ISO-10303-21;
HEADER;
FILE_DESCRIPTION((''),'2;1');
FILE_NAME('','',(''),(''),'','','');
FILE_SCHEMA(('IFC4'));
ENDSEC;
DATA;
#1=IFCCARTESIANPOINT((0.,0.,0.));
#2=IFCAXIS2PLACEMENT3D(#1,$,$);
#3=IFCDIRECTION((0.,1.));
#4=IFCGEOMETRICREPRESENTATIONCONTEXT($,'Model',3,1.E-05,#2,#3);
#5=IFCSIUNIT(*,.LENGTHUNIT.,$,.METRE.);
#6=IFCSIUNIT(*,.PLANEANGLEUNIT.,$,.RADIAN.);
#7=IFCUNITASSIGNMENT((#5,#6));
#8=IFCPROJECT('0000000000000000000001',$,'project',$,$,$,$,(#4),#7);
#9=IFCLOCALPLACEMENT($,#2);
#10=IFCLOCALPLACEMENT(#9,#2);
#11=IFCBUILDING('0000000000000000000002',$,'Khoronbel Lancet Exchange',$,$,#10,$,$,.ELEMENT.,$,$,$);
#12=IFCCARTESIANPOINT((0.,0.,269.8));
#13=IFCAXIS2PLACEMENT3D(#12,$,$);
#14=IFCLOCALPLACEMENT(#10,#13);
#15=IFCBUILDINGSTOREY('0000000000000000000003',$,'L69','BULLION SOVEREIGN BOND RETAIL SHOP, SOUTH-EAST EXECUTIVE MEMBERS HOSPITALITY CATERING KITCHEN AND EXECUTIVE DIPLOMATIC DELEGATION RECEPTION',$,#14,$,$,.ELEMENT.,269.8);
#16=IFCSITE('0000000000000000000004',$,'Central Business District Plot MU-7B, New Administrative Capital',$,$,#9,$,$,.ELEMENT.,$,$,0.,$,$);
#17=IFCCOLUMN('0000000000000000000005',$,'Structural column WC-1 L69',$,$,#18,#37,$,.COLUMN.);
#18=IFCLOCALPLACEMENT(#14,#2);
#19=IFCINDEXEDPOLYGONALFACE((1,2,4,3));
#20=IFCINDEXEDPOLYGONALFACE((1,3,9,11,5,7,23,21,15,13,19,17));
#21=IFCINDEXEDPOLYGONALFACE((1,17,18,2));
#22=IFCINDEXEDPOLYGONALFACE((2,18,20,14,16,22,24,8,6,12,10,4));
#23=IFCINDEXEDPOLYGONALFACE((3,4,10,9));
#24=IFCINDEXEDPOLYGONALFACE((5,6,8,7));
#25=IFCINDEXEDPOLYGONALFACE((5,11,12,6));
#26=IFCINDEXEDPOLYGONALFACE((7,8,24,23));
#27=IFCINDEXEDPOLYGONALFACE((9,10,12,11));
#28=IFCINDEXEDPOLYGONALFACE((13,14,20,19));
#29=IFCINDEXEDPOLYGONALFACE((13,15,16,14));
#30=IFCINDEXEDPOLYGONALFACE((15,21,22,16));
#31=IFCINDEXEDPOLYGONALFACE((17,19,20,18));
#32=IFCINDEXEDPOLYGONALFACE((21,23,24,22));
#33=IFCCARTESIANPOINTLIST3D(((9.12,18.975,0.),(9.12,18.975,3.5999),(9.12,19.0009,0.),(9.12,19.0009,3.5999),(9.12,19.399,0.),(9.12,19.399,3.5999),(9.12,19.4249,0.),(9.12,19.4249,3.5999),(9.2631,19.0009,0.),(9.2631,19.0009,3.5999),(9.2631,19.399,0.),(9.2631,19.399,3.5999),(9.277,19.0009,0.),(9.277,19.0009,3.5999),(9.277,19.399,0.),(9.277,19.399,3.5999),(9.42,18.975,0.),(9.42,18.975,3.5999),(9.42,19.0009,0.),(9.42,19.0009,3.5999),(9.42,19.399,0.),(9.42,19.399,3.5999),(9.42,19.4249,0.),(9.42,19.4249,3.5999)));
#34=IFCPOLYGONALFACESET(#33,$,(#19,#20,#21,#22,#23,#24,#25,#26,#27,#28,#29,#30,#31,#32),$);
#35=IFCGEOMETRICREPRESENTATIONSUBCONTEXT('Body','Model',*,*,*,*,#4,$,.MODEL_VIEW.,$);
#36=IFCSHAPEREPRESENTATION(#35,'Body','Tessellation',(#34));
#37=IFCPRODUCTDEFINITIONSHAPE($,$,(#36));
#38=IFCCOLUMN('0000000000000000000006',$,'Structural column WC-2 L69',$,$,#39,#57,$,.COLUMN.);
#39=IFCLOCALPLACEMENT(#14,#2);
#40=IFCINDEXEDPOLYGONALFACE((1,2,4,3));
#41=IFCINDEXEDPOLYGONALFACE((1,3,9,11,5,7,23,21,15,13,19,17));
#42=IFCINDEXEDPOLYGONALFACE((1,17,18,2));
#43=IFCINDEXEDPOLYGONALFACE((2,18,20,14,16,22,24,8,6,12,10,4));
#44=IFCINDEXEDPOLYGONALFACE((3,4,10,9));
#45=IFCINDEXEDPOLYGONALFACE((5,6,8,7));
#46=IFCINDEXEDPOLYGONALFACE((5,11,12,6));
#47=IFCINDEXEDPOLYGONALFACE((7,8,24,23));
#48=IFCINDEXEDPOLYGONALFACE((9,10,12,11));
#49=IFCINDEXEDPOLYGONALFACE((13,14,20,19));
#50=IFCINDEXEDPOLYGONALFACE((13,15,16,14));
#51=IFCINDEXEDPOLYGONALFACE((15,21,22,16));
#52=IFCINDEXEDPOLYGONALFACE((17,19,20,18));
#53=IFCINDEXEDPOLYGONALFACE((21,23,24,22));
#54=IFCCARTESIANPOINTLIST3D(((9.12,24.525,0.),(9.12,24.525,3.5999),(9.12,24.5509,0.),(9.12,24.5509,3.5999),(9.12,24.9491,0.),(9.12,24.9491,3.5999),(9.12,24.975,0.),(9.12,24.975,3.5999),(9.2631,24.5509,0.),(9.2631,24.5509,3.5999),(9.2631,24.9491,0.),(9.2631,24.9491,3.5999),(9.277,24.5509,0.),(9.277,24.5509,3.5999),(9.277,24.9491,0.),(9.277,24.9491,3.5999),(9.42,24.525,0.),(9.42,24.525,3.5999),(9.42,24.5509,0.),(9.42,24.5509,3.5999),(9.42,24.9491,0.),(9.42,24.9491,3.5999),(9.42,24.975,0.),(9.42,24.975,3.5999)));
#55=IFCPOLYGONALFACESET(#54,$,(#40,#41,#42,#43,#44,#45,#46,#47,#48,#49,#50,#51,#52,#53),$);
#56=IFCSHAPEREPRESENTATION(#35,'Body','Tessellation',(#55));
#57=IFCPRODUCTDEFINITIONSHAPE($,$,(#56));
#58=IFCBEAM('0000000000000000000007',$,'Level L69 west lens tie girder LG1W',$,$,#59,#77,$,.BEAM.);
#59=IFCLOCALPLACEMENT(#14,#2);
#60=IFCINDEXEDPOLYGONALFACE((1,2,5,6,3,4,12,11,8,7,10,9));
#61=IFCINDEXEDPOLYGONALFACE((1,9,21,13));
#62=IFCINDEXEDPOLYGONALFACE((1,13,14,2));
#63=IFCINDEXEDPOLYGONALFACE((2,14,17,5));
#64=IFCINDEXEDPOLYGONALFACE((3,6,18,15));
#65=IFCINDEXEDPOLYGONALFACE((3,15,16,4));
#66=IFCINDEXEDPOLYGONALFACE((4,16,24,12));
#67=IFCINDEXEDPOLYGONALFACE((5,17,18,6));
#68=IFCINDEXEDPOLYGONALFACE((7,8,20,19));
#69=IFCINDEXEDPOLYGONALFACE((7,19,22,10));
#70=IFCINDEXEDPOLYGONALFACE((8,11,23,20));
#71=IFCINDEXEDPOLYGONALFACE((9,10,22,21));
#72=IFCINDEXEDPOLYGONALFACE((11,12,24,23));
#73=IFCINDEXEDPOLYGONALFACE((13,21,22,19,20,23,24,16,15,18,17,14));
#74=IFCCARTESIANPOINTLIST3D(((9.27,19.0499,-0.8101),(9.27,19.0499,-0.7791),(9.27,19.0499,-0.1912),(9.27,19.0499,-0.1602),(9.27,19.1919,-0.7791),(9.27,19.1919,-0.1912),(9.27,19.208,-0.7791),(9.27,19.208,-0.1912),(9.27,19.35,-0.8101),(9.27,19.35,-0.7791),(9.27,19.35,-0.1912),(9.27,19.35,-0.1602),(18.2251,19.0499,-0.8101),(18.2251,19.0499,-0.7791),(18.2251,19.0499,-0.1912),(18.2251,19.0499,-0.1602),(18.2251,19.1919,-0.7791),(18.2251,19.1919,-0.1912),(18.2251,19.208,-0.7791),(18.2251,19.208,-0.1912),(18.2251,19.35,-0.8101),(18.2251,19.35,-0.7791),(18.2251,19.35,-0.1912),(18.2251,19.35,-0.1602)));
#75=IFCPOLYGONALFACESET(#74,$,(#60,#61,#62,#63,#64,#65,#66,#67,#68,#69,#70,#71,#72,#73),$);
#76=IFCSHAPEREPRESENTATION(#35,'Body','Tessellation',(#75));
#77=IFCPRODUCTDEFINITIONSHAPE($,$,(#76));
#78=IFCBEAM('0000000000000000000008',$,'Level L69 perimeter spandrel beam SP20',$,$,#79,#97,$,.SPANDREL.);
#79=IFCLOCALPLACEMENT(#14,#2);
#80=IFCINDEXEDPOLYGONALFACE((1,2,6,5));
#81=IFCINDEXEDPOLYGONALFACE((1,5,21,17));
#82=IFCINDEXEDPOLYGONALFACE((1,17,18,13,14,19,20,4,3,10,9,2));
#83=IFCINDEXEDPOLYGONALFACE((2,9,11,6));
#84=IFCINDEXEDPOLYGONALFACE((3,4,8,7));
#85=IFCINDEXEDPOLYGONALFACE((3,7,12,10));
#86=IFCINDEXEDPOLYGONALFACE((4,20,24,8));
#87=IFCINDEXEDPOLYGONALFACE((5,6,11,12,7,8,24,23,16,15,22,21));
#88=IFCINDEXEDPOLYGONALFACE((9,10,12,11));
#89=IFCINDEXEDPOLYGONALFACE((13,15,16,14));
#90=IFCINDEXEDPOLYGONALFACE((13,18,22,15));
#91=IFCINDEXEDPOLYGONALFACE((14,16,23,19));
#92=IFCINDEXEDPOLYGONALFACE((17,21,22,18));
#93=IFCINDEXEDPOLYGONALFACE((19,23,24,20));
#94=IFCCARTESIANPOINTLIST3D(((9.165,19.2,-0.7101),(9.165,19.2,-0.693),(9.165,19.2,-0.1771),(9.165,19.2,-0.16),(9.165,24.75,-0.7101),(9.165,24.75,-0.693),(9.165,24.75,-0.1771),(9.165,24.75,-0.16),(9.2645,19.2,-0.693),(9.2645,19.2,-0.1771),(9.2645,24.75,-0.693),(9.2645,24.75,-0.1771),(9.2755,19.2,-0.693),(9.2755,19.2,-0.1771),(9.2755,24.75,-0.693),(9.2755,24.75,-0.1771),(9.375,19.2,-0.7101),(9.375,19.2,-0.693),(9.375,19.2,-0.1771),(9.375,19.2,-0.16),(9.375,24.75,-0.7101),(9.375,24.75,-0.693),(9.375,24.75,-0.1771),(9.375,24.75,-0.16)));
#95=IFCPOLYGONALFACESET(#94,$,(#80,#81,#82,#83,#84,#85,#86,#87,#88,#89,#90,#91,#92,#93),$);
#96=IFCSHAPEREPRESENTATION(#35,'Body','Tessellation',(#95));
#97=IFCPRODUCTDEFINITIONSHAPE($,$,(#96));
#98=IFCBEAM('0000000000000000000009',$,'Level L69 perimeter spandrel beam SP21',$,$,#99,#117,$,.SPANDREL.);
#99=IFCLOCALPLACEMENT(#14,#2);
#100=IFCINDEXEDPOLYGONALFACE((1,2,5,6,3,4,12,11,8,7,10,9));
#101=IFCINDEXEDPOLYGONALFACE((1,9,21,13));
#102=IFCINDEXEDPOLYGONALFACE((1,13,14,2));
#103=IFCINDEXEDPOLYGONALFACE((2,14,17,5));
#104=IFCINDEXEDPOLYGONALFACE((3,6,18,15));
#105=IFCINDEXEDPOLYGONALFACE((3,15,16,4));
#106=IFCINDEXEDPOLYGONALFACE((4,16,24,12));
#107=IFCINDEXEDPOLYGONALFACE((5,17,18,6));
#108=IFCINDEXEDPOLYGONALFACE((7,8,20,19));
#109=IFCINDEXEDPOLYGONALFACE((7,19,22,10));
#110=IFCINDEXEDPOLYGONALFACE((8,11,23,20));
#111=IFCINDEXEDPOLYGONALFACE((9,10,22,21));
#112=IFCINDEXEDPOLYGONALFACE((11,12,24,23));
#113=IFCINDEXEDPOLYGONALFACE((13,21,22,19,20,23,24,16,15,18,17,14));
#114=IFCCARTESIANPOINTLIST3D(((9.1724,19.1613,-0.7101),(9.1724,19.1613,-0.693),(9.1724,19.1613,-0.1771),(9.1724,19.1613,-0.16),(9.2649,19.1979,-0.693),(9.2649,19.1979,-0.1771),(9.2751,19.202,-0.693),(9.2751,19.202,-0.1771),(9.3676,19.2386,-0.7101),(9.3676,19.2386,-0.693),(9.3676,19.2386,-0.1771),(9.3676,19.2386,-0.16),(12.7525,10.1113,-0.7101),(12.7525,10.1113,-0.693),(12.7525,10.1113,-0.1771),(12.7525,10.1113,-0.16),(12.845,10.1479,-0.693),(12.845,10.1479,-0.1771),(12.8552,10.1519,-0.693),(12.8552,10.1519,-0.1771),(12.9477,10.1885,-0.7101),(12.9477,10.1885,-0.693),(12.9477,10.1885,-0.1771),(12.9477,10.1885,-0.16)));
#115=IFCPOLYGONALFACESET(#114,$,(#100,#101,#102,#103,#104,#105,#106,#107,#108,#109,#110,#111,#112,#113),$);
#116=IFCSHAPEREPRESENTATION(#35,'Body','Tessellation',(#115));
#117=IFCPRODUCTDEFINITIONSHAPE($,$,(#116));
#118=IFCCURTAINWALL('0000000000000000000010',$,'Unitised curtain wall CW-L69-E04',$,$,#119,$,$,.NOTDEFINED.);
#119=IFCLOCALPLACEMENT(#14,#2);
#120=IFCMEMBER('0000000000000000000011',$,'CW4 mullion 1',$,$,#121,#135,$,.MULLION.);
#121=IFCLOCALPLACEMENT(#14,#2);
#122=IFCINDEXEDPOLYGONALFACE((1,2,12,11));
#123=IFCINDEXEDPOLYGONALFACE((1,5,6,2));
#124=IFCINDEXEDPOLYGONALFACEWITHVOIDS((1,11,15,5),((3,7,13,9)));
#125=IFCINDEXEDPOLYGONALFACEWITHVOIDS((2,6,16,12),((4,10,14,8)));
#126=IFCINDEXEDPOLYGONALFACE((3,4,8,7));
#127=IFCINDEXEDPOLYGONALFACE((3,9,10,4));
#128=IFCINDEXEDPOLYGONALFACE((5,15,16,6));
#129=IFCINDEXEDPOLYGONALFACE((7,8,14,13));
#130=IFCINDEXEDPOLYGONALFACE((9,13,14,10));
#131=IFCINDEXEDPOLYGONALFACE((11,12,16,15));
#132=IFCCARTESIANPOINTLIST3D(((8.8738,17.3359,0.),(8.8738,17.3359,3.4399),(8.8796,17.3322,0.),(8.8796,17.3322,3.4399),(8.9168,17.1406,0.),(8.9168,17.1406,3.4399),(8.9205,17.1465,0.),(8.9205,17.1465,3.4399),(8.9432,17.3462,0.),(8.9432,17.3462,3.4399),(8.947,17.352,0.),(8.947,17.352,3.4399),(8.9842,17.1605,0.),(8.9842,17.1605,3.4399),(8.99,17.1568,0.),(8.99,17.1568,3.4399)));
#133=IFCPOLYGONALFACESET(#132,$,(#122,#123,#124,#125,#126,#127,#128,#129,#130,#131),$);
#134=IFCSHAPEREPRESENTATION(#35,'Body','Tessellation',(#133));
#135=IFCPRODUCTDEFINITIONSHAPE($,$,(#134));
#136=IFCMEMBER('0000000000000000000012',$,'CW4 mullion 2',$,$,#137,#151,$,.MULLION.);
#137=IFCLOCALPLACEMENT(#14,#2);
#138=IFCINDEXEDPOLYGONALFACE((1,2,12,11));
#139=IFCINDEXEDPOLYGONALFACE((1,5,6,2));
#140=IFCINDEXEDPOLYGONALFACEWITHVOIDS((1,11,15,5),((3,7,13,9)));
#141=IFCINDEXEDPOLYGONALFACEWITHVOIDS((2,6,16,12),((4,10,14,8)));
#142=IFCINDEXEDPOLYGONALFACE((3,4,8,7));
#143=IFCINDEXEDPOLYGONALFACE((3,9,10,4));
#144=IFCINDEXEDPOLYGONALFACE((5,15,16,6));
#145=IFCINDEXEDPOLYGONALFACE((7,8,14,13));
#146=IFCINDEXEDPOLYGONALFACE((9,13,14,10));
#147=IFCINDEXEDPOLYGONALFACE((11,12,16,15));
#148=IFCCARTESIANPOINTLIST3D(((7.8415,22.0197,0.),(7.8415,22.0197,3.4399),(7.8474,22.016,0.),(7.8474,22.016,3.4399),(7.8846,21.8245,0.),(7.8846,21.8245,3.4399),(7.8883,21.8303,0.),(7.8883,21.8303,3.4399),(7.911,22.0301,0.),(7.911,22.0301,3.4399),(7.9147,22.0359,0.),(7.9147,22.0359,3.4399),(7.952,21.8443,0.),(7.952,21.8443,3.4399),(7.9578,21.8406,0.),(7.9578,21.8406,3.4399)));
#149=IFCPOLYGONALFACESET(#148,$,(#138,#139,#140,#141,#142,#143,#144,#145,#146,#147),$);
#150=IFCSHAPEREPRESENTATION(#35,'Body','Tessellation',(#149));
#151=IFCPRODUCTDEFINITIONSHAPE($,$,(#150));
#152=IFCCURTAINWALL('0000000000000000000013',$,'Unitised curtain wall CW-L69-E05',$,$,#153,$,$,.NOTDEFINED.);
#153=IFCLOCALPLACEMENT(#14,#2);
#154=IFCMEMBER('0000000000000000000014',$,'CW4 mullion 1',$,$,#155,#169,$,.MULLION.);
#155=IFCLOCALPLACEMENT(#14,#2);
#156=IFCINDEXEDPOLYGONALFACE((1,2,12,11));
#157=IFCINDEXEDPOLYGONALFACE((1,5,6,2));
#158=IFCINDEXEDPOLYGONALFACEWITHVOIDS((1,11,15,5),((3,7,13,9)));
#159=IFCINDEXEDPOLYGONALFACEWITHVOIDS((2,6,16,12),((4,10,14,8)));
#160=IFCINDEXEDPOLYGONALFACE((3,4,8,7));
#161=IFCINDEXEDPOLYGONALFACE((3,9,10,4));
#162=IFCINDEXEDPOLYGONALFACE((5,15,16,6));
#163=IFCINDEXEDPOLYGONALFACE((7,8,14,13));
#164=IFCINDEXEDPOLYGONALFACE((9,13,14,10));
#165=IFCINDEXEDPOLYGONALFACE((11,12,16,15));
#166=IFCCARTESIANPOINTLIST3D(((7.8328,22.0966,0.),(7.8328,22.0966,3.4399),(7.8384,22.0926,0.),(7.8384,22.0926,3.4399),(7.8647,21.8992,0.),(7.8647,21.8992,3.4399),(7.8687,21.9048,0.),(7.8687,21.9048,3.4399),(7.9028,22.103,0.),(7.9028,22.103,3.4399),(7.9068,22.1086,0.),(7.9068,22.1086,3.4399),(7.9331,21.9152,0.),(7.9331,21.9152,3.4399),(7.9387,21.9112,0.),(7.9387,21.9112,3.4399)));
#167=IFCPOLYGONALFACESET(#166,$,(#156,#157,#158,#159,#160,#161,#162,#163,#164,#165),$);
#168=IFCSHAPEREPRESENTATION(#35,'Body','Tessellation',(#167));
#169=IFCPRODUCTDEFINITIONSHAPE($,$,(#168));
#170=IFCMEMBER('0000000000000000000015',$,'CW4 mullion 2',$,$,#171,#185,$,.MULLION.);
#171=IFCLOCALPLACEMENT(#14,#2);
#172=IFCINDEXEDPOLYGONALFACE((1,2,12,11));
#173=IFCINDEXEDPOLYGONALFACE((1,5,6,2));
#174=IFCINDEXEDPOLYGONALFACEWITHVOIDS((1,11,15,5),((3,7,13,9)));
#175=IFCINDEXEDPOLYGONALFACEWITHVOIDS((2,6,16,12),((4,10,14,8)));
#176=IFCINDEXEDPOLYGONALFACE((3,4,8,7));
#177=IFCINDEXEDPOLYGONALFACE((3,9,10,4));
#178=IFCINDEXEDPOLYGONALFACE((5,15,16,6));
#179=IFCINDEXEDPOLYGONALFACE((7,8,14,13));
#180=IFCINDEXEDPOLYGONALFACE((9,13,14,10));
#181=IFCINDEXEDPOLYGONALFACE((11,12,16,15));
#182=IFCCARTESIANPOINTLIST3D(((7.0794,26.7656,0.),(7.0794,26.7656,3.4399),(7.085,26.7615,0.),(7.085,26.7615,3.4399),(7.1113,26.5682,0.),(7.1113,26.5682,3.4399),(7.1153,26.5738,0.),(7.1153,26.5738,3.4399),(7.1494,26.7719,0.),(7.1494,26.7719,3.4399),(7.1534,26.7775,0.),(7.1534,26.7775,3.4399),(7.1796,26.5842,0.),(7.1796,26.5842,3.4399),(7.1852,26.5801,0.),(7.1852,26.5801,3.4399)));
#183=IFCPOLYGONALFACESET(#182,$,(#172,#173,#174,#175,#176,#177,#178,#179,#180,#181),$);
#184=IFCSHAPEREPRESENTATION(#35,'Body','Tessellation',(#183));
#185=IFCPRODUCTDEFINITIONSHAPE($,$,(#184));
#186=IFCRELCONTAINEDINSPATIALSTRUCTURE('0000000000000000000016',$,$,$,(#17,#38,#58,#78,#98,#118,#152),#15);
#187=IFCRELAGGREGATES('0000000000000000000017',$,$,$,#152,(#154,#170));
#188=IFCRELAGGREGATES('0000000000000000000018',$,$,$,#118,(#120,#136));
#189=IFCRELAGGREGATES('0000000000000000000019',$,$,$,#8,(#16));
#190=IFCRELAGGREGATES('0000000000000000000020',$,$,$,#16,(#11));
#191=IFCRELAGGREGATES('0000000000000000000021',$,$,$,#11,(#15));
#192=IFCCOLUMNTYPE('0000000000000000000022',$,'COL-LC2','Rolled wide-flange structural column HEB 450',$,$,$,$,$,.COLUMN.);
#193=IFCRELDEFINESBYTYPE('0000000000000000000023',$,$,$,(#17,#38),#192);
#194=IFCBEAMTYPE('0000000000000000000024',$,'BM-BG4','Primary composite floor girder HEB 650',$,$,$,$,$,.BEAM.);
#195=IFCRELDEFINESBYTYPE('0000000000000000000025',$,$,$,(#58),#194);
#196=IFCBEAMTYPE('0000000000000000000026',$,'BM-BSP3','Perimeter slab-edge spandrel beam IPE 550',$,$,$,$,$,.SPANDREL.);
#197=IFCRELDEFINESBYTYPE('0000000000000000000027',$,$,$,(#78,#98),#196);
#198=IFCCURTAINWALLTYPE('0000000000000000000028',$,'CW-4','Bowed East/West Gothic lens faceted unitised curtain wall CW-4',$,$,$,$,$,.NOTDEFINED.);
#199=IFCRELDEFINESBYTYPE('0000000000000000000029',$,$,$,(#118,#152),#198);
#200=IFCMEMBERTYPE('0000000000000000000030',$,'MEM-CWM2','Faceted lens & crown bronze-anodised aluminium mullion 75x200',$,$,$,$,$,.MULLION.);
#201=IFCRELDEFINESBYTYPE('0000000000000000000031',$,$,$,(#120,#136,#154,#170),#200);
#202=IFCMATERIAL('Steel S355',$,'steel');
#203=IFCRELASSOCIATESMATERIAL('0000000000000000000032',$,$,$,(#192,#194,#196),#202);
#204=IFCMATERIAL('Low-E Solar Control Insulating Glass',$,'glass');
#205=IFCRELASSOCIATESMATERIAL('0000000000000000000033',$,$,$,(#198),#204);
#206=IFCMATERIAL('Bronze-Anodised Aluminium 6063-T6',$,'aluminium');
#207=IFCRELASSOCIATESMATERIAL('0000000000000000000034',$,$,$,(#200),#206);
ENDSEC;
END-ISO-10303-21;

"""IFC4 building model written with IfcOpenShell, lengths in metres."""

from ifc_helpers import new_model, si_unit, direction, frame, origin, origin_2d, place, context, subcontext, project, spatial, hollow_rectangle, i_section, extrude, material, material_profile, profile_set, type_object, element, aggregate, save


model = new_model("IFC4")

# Units and contexts
model_context = context("Model", 3, precision=1e-05, world=origin(), true_north=direction((0.0, 1.0)))
body_context = subcontext(model_context, "Body", "Model", "MODEL_VIEW")
ifc_project = project(units=[si_unit("LENGTHUNIT", "METRE"), si_unit("PLANEANGLEUNIT", "RADIAN")], contexts=[model_context])

# Site, building, storey
site_placement = place(None, origin())
site = spatial("IfcSite", under=ifc_project, at=site_placement, Name="Central Business District Plot MU-7B, New Administrative Capital", CompositionType="ELEMENT", RefElevation=0.0)
building_placement = place(site_placement, origin())
building = spatial("IfcBuilding", under=site, at=building_placement, Name="Khoronbel Lancet Exchange", CompositionType="ELEMENT")
storey_placement = place(building_placement, frame((0.0, 0.0, 269.8)))
storey = spatial("IfcBuildingStorey", under=building, at=storey_placement, Name="L69", Description="BULLION SOVEREIGN BOND RETAIL SHOP, SOUTH-EAST EXECUTIVE MEMBERS HOSPITALITY CATERING KITCHEN AND EXECUTIVE DIPLOMATIC DELEGATION RECEPTION", CompositionType="ELEMENT", Elevation=269.8)

# Columns
ifc_material_1 = material(Name="Steel S355", Category="steel")
ifc_material_profile_1 = material_profile(ifc_material_1, i_section(OverallWidth=0.3, OverallDepth=0.45, WebThickness=0.0139, FlangeThickness=0.0259, at=origin_2d()), Name="HEB 450")
ifc_profile_set_1 = profile_set([ifc_material_profile_1], Name="Steel S355")
column_type = type_object("IfcColumnType", Name="COL-LC2", Description="Rolled wide-flange structural column HEB 450", PredefinedType="COLUMN", material=ifc_profile_set_1)
for number, where, z_axis, x_axis, name in (
    (1, (9.27, 19.2, 0.0), (0.0, 0.0, 1.0), (1.0, 0.0, 0.0), "Structural column WC-1 L69"),
    (2, (9.27, 24.75, 0.0), (0.0, 0.0, 1.0), (1.0, 0.0, 0.0), "Structural column WC-2 L69"),
):
    element("IfcColumn", number, at=place(storey_placement, frame(where, z_axis=z_axis, x_axis=x_axis)), inside=storey, type_object=column_type, Name=name, PredefinedType="COLUMN", context=body_context, shape_type="SweptSolid", body=[
        extrude(i_section(OverallWidth=0.3, OverallDepth=0.45, WebThickness=0.0139, FlangeThickness=0.0259, at=origin_2d()), origin(), (0.0, 0.0, 1.0), 3.5999),
    ])

# Beams
ifc_material_profile_2 = material_profile(ifc_material_1, i_section(OverallWidth=0.3, OverallDepth=0.6499, WebThickness=0.0161, FlangeThickness=0.031, at=origin_2d()), Name="HEB 650")
ifc_profile_set_2 = profile_set([ifc_material_profile_2], Name="Steel S355")
beam_type_1 = type_object("IfcBeamType", Name="BM-BG4", Description="Primary composite floor girder HEB 650", PredefinedType="BEAM", material=ifc_profile_set_2)
beam_1_placement = place(storey_placement, frame((9.27, 19.2, -0.4851), z_axis=(1.0, 0.0, 0.0), x_axis=(0.0, 1.0, 0.0)))
element("IfcBeam", 3, at=beam_1_placement, inside=storey, type_object=beam_type_1, Name="Level L69 west lens tie girder LG1W", PredefinedType="BEAM", context=body_context, shape_type="SweptSolid", body=[
    extrude(i_section(OverallWidth=0.3, OverallDepth=0.6499, WebThickness=0.0161, FlangeThickness=0.031, at=origin_2d()), origin(), (0.0, 0.0, 1.0), 8.9551),
])
ifc_material_profile_3 = material_profile(ifc_material_1, i_section(OverallWidth=0.21, OverallDepth=0.55, WebThickness=0.011, FlangeThickness=0.0171, at=origin_2d()), Name="IPE 550")
ifc_profile_set_3 = profile_set([ifc_material_profile_3], Name="Steel S355")
beam_type_2 = type_object("IfcBeamType", Name="BM-BSP3", Description="Perimeter slab-edge spandrel beam IPE 550", PredefinedType="SPANDREL", material=ifc_profile_set_3)
beam_2_placement = place(storey_placement, frame((9.27, 24.75, -0.4351), z_axis=(0.0, -1.0, 0.0), x_axis=(1.0, 0.0, 0.0)))
element("IfcBeam", 4, at=beam_2_placement, inside=storey, type_object=beam_type_2, Name="Level L69 perimeter spandrel beam SP20", PredefinedType="SPANDREL", context=body_context, shape_type="SweptSolid", body=[
    extrude(i_section(OverallWidth=0.21, OverallDepth=0.55, WebThickness=0.011, FlangeThickness=0.0171, at=origin_2d()), origin(), (0.0, 0.0, 1.0), 5.55),
])
beam_3_placement = place(storey_placement, frame((9.27, 19.2, -0.4351), z_axis=(0.36785, -0.929885, 0.0), x_axis=(0.929885, 0.36785, 0.0)))
element("IfcBeam", 5, at=beam_3_placement, inside=storey, type_object=beam_type_2, Name="Level L69 perimeter spandrel beam SP21", PredefinedType="SPANDREL", context=body_context, shape_type="SweptSolid", body=[
    extrude(i_section(OverallWidth=0.21, OverallDepth=0.55, WebThickness=0.011, FlangeThickness=0.0171, at=origin_2d()), origin(), (0.0, 0.0, 1.0), 9.7324),
])

# Curtain walls, members
ifc_material_2 = material(Name="Low-E Solar Control Insulating Glass", Category="glass")
curtain_wall_type = type_object("IfcCurtainWallType", Name="CW-4", Description="Bowed East/West Gothic lens faceted unitised curtain wall CW-4", PredefinedType="NOTDEFINED", material=ifc_material_2)
curtain_wall_1_placement = place(storey_placement, origin())
curtain_wall_1 = element("IfcCurtainWall", 6, at=curtain_wall_1_placement, inside=storey, type_object=curtain_wall_type, Name="Unitised curtain wall CW-L69-E04", PredefinedType="NOTDEFINED")
ifc_material_3 = material(Name="Bronze-Anodised Aluminium 6063-T6", Category="aluminium")
ifc_material_profile_4 = material_profile(ifc_material_3, hollow_rectangle(XDim=0.075, YDim=0.2, WallThickness=0.0049, at=origin_2d()), Name="ALU MULLION 75x200")
ifc_profile_set_4 = profile_set([ifc_material_profile_4], Name="Bronze-Anodised Aluminium 6063-T6")
member_type_1 = type_object("IfcMemberType", Name="MEM-CWM2", Description="Faceted lens & crown bronze-anodised aluminium mullion 75x200", PredefinedType="MULLION", material=ifc_profile_set_4)
member_1_placement = place(storey_placement, frame((8.9319, 17.2463, 0.0), z_axis=(0.0, 0.0, 1.0), x_axis=(-0.976565, -0.215222, 0.0)))
member_1 = element("IfcMember", 7, at=member_1_placement, type_object=member_type_1, Name="CW4 mullion 1", PredefinedType="MULLION", context=body_context, shape_type="SweptSolid", body=[
    extrude(hollow_rectangle(XDim=0.075, YDim=0.2, WallThickness=0.0049, at=origin_2d()), origin(), (0.0, 0.0, 1.0), 3.4399),
])
member_2_placement = place(storey_placement, frame((7.8997, 21.9302, 0.0), z_axis=(0.0, 0.0, 1.0), x_axis=(-0.976565, -0.215222, 0.0)))
member_2 = element("IfcMember", 8, at=member_2_placement, type_object=member_type_1, Name="CW4 mullion 2", PredefinedType="MULLION", context=body_context, shape_type="SweptSolid", body=[
    extrude(hollow_rectangle(XDim=0.075, YDim=0.2, WallThickness=0.0049, at=origin_2d()), origin(), (0.0, 0.0, 1.0), 3.4399),
])
curtain_wall_2_placement = place(storey_placement, origin())
curtain_wall_2 = element("IfcCurtainWall", 9, at=curtain_wall_2_placement, inside=storey, type_object=curtain_wall_type, Name="Unitised curtain wall CW-L69-E05", PredefinedType="NOTDEFINED")
member_3_placement = place(storey_placement, frame((7.8857, 22.0039, 0.0), z_axis=(0.0, 0.0, 1.0), x_axis=(-0.987234, -0.159276, 0.0)))
member_3 = element("IfcMember", 10, at=member_3_placement, type_object=member_type_1, Name="CW4 mullion 1", PredefinedType="MULLION", context=body_context, shape_type="SweptSolid", body=[
    extrude(hollow_rectangle(XDim=0.075, YDim=0.2, WallThickness=0.0049, at=origin_2d()), origin(), (0.0, 0.0, 1.0), 3.4399),
])
member_4_placement = place(storey_placement, frame((7.1323, 26.6729, 0.0), z_axis=(0.0, 0.0, 1.0), x_axis=(-0.987234, -0.159276, 0.0)))
member_4 = element("IfcMember", 11, at=member_4_placement, type_object=member_type_1, Name="CW4 mullion 2", PredefinedType="MULLION", context=body_context, shape_type="SweptSolid", body=[
    extrude(hollow_rectangle(XDim=0.075, YDim=0.2, WallThickness=0.0049, at=origin_2d()), origin(), (0.0, 0.0, 1.0), 3.4399),
])

aggregate(curtain_wall_2, [member_3, member_4])
aggregate(curtain_wall_1, [member_1, member_2])

save(model, "model.ifc")
